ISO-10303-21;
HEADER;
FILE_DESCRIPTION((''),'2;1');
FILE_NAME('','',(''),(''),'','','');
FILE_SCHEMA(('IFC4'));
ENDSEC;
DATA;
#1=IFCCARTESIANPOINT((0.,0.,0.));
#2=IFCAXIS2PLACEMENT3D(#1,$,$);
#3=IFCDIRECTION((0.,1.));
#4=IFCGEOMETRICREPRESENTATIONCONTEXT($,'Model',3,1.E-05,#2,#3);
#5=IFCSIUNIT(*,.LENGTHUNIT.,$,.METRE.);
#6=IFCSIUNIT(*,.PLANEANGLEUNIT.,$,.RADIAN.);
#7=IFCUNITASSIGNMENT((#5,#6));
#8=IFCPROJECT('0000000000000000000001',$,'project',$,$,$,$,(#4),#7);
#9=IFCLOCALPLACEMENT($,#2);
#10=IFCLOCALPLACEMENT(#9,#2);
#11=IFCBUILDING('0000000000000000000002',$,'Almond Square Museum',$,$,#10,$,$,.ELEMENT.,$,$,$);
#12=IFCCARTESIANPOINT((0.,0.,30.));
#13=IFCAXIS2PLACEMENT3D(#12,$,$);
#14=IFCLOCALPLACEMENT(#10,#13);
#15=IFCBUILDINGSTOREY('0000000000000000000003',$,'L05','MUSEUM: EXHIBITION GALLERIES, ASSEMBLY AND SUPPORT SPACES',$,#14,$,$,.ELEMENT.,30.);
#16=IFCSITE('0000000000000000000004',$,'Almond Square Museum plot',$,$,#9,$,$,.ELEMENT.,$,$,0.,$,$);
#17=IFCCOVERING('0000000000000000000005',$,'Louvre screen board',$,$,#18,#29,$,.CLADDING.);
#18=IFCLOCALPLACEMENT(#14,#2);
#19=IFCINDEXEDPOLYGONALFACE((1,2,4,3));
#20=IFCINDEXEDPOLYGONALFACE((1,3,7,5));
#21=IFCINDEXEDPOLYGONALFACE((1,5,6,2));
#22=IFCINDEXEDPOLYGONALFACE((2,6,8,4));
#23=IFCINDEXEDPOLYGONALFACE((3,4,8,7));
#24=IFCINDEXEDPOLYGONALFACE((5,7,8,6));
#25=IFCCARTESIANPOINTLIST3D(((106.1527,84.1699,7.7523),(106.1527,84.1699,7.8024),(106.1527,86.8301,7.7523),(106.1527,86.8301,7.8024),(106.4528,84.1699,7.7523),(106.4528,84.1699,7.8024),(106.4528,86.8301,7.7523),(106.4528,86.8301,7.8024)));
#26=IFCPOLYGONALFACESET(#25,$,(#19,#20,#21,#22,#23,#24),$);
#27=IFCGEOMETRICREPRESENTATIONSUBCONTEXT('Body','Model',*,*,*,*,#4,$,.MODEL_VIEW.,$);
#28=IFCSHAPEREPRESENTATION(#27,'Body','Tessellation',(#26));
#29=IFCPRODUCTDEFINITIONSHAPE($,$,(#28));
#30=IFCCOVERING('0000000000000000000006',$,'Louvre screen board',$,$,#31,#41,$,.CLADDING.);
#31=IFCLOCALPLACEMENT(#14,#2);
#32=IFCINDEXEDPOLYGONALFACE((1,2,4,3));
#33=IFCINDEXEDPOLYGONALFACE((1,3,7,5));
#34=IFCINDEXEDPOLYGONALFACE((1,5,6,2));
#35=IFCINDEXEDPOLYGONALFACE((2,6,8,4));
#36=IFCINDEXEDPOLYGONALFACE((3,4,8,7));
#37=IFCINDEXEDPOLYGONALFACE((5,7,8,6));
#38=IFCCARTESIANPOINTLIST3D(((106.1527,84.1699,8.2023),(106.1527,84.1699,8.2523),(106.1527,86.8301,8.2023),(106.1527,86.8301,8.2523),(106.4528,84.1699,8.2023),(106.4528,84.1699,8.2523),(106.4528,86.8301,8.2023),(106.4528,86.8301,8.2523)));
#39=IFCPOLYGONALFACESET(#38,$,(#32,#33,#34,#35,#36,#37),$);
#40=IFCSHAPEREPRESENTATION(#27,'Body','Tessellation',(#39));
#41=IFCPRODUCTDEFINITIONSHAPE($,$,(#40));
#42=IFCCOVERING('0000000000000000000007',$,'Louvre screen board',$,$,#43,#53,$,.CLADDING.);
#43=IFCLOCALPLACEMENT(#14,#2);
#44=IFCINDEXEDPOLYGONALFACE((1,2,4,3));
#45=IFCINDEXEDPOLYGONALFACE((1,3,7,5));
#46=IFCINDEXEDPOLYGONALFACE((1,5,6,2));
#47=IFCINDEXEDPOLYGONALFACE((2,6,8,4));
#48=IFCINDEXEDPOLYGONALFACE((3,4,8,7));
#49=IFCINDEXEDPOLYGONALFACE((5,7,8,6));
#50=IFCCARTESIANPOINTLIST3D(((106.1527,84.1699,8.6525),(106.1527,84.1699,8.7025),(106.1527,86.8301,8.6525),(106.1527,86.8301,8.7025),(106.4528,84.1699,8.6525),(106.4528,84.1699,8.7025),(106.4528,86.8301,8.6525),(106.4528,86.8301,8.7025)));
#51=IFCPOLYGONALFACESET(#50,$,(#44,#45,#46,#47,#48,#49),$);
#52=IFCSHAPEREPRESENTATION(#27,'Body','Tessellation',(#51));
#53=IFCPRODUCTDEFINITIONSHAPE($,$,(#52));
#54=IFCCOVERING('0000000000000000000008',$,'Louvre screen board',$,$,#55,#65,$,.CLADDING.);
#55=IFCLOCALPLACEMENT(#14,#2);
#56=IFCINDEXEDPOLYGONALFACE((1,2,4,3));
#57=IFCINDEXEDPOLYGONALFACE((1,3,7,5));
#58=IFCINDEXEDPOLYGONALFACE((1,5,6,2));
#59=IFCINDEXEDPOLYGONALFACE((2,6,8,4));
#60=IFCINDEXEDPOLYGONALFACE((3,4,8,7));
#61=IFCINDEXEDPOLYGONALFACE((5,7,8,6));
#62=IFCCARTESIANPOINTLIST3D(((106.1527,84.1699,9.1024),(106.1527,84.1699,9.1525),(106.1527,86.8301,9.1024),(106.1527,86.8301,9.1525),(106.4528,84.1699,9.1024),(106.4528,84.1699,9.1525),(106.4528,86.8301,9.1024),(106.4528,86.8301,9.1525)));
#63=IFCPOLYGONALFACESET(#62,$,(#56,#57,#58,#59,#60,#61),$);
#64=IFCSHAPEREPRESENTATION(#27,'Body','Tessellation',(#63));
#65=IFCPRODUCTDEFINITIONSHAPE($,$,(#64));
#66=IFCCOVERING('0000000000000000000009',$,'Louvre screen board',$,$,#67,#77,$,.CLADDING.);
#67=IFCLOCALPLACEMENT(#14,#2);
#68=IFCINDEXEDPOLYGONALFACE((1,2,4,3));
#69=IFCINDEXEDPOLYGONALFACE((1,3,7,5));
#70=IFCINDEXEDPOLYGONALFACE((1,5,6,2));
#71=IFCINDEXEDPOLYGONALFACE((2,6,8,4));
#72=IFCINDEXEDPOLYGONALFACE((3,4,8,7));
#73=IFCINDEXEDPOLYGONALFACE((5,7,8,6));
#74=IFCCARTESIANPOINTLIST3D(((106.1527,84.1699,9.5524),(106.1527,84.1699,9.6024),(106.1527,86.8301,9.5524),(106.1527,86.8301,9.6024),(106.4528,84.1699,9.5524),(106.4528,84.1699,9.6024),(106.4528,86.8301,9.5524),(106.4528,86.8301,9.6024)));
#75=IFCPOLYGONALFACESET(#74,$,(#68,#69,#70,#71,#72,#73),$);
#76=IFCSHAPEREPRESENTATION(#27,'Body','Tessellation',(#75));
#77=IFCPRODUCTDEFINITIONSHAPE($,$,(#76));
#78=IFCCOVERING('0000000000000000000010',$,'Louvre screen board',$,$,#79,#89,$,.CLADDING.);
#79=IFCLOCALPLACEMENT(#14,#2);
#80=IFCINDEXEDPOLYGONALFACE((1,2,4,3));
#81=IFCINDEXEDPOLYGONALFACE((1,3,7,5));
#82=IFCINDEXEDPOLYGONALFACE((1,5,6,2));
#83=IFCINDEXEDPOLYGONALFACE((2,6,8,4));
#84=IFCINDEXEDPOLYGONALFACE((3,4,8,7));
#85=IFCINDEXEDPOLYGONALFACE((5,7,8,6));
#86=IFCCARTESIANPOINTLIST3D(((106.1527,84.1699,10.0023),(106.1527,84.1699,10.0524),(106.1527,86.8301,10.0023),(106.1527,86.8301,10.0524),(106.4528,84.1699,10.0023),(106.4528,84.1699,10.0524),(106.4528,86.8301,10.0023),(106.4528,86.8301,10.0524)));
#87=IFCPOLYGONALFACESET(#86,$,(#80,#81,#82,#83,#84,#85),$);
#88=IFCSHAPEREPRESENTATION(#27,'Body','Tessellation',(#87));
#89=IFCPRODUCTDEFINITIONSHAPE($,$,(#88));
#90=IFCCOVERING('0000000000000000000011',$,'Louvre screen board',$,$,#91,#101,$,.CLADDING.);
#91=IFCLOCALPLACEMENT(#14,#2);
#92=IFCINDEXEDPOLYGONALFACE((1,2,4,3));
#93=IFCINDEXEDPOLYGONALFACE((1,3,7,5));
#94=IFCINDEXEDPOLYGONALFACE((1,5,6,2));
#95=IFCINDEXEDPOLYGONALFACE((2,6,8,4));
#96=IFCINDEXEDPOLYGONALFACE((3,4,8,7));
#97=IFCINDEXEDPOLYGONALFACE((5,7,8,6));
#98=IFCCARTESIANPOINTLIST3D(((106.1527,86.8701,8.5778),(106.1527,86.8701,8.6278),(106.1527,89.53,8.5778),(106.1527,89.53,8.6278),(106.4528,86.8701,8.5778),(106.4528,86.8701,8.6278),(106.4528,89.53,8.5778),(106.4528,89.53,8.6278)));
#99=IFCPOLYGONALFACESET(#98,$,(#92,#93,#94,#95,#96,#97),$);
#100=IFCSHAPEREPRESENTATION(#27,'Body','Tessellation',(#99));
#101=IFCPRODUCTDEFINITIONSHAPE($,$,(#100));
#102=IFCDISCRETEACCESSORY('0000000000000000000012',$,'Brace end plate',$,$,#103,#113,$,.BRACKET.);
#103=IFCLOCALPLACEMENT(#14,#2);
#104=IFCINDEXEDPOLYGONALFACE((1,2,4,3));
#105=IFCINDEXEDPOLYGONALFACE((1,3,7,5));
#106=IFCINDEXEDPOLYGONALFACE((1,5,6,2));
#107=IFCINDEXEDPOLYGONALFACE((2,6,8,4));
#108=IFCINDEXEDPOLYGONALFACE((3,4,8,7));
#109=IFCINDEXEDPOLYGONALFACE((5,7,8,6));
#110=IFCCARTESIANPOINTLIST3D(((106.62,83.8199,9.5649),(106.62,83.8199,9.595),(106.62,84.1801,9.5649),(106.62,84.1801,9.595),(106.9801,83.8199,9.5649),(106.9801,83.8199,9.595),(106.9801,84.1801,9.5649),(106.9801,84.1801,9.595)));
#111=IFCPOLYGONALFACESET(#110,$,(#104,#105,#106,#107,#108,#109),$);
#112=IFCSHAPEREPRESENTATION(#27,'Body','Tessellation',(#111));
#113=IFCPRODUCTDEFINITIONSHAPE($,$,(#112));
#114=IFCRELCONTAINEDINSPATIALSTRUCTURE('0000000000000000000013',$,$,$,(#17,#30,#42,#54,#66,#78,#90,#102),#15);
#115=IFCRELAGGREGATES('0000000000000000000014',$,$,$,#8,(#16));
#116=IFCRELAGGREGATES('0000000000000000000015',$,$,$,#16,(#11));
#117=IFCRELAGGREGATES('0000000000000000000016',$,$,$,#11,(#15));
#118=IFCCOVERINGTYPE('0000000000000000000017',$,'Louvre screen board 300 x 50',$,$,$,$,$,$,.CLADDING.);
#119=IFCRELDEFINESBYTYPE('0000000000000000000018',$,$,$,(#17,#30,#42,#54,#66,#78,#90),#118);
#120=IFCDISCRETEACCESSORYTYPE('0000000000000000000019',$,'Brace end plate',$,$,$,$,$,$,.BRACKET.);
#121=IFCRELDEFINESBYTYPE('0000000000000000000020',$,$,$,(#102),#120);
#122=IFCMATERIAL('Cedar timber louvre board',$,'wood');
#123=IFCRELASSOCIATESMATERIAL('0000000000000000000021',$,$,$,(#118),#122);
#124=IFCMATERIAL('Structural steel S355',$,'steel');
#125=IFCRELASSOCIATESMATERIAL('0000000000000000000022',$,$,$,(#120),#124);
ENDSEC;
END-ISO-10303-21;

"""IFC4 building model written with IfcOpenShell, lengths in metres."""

from ifc_helpers import new_model, si_unit, direction, frame, origin, origin_2d, place, context, subcontext, project, spatial, rectangle, extrude, material, material_profile, profile_set, type_object, element, save


model = new_model("IFC4")

# Units and contexts
model_context = context("Model", 3, precision=1e-05, world=origin(), true_north=direction((0.0, 1.0)))
body_context = subcontext(model_context, "Body", "Model", "MODEL_VIEW")
ifc_project = project(units=[si_unit("LENGTHUNIT", "METRE"), si_unit("PLANEANGLEUNIT", "RADIAN")], contexts=[model_context])

# Site, building, storey
site_placement = place(None, origin())
site = spatial("IfcSite", under=ifc_project, at=site_placement, Name="Almond Square Museum plot", CompositionType="ELEMENT", RefElevation=0.0)
building_placement = place(site_placement, origin())
building = spatial("IfcBuilding", under=site, at=building_placement, Name="Almond Square Museum", CompositionType="ELEMENT")
storey_placement = place(building_placement, frame((0.0, 0.0, 30.0)))
storey = spatial("IfcBuildingStorey", under=building, at=storey_placement, Name="L05", Description="MUSEUM: EXHIBITION GALLERIES, ASSEMBLY AND SUPPORT SPACES", CompositionType="ELEMENT", Elevation=30.0)

# Coverings
ifc_material_1 = material(Name="Cedar timber louvre board", Category="wood")
ifc_material_profile_1 = material_profile(ifc_material_1, rectangle(XDim=0.3, YDim=0.05, at=origin_2d()))
ifc_profile_set_1 = profile_set([ifc_material_profile_1], Name="Cedar timber louvre board")
covering_type_1 = type_object("IfcCoveringType", Name="Louvre screen board 300 x 50", PredefinedType="CLADDING", material=ifc_profile_set_1)
for number, where, z_axis, x_axis, name in (
    (1, (106.3027, 84.1699, 7.7773), (0.0, 1.0, 0.0), (-1.0, 0.0, 0.0), "Louvre screen board"),
    (2, (106.3027, 84.1699, 8.2273), (0.0, 1.0, 0.0), (-1.0, 0.0, 0.0), "Louvre screen board"),
    (3, (106.3027, 84.1699, 8.6775), (0.0, 1.0, 0.0), (-1.0, 0.0, 0.0), "Louvre screen board"),
    (4, (106.3027, 84.1699, 9.1274), (0.0, 1.0, 0.0), (-1.0, 0.0, 0.0), "Louvre screen board"),
    (5, (106.3027, 84.1699, 9.5774), (0.0, 1.0, 0.0), (-1.0, 0.0, 0.0), "Louvre screen board"),
    (6, (106.3027, 84.1699, 10.0273), (0.0, 1.0, 0.0), (-1.0, 0.0, 0.0), "Louvre screen board"),
):
    element("IfcCovering", number, at=place(storey_placement, frame(where, z_axis=z_axis, x_axis=x_axis)), inside=storey, type_object=covering_type_1, Name=name, PredefinedType="CLADDING", context=body_context, shape_type="SweptSolid", body=[
        extrude(rectangle(XDim=0.3, YDim=0.05, at=origin_2d()), origin(), (0.0, 0.0, 1.0), 2.6602),
    ])
covering_1_placement = place(storey_placement, frame((106.3027, 86.8701, 8.6028), z_axis=(0.0, 1.0, 0.0), x_axis=(-1.0, 0.0, 0.0)))
element("IfcCovering", 7, at=covering_1_placement, inside=storey, type_object=covering_type_1, Name="Louvre screen board", PredefinedType="CLADDING", context=body_context, shape_type="SweptSolid", body=[
    extrude(rectangle(XDim=0.3, YDim=0.05, at=origin_2d()), origin(), (0.0, 0.0, 1.0), 2.6599),
])

# Discrete accessory
ifc_material_2 = material(Name="Structural steel S355", Category="steel")
discrete_accessory_type = type_object("IfcDiscreteAccessoryType", Name="Brace end plate", PredefinedType="BRACKET", material=ifc_material_2)
discrete_accessory_placement = place(storey_placement, frame((106.8, 84.0, 9.5649), z_axis=(0.0, 0.0, 1.0), x_axis=(1.0, 0.0, 0.0)))
element("IfcDiscreteAccessory", 8, at=discrete_accessory_placement, inside=storey, type_object=discrete_accessory_type, Name="Brace end plate", PredefinedType="BRACKET", context=body_context, shape_type="SweptSolid", body=[
    extrude(rectangle(XDim=0.3601, YDim=0.3601, at=origin_2d()), origin(), (0.0, 0.0, 1.0), 0.03),
])

save(model, "model.ifc")
